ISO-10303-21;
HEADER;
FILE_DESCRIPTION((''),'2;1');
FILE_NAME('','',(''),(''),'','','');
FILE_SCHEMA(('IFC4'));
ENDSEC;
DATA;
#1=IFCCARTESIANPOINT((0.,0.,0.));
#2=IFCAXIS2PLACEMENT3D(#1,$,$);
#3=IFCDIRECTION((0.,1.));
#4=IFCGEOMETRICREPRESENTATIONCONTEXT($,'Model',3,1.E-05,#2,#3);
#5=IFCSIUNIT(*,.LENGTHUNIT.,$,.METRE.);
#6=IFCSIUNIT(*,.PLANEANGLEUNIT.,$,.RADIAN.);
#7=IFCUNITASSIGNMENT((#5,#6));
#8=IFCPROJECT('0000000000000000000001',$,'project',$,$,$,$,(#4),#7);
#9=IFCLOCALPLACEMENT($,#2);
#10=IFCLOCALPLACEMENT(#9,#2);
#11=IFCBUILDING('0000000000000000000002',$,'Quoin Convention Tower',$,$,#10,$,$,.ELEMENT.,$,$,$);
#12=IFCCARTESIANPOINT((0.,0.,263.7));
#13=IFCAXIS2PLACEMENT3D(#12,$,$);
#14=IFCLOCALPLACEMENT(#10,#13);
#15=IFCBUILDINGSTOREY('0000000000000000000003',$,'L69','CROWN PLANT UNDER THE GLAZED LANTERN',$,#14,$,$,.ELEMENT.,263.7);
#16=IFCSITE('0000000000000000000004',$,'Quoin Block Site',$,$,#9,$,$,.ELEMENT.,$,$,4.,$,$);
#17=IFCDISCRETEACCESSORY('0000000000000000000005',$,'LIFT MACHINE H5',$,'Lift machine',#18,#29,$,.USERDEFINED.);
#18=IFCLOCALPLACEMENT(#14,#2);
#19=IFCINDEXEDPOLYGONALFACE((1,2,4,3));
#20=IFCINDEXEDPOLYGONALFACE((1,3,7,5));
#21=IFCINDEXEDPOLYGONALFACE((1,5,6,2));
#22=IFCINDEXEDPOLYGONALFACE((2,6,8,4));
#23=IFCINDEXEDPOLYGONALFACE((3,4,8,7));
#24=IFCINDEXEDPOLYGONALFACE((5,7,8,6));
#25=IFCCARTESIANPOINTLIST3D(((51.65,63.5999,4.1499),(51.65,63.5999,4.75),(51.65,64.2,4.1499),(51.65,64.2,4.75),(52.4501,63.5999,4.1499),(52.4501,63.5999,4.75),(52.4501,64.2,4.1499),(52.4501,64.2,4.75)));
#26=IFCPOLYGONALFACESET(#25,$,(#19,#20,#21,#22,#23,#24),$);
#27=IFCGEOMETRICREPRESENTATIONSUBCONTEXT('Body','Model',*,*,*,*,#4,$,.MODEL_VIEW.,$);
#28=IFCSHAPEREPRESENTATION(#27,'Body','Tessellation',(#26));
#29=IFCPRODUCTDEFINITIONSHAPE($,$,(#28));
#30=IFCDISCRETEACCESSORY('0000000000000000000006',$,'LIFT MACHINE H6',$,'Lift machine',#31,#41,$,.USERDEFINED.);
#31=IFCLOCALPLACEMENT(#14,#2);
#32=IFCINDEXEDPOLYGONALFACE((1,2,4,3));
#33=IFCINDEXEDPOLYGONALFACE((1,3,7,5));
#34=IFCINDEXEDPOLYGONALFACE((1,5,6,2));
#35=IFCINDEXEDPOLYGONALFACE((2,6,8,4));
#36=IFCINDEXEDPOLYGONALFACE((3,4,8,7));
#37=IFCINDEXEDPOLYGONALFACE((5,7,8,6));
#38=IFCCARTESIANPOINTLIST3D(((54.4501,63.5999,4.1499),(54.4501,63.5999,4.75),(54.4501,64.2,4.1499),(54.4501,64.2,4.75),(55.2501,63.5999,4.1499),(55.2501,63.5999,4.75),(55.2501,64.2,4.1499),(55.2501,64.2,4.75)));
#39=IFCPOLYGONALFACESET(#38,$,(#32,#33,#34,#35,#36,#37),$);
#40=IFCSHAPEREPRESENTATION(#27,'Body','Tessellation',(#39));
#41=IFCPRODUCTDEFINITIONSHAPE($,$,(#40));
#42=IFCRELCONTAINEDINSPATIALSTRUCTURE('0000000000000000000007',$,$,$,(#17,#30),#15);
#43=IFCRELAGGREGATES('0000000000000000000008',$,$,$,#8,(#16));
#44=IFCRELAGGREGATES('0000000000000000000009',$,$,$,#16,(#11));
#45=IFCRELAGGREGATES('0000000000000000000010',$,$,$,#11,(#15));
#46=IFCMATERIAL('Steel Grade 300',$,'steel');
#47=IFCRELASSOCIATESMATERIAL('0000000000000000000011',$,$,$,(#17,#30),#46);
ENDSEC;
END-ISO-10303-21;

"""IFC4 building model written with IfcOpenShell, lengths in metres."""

from ifc_helpers import new_model, si_unit, direction, frame, origin, origin_2d, place, context, subcontext, project, spatial, rectangle, extrude, material, element, save


model = new_model("IFC4")

# Units and contexts
model_context = context("Model", 3, precision=1e-05, world=origin(), true_north=direction((0.0, 1.0)))
body_context = subcontext(model_context, "Body", "Model", "MODEL_VIEW")
ifc_project = project(units=[si_unit("LENGTHUNIT", "METRE"), si_unit("PLANEANGLEUNIT", "RADIAN")], contexts=[model_context])

# Site, building, storey
site_placement = place(None, origin())
site = spatial("IfcSite", under=ifc_project, at=site_placement, Name="Quoin Block Site", CompositionType="ELEMENT", RefElevation=4.0)
building_placement = place(site_placement, origin())
building = spatial("IfcBuilding", under=site, at=building_placement, Name="Quoin Convention Tower", CompositionType="ELEMENT")
storey_placement = place(building_placement, frame((0.0, 0.0, 263.7)))
storey = spatial("IfcBuildingStorey", under=building, at=storey_placement, Name="L69", Description="CROWN PLANT UNDER THE GLAZED LANTERN", CompositionType="ELEMENT", Elevation=263.7)

# Discrete accessories
ifc_material_1 = material(Name="Steel Grade 300", Category="steel")
for number, where, z_axis, x_axis, name in (
    (1, (52.05, 63.8999, 4.1499), (0.0, 0.0, 1.0), (1.0, 0.0, 0.0), "LIFT MACHINE H5"),
    (2, (54.8501, 63.8999, 4.1499), (0.0, 0.0, 1.0), (1.0, 0.0, 0.0), "LIFT MACHINE H6"),
):
    element("IfcDiscreteAccessory", number, at=place(storey_placement, frame(where, z_axis=z_axis, x_axis=x_axis)), inside=storey, material=ifc_material_1, Name=name, ObjectType="Lift machine", PredefinedType="USERDEFINED", context=body_context, shape_type="SweptSolid", body=[
        extrude(rectangle(XDim=0.8, YDim=0.6001, at=origin_2d()), origin(), (0.0, 0.0, 1.0), 0.6001),
    ])

save(model, "model.ifc")
